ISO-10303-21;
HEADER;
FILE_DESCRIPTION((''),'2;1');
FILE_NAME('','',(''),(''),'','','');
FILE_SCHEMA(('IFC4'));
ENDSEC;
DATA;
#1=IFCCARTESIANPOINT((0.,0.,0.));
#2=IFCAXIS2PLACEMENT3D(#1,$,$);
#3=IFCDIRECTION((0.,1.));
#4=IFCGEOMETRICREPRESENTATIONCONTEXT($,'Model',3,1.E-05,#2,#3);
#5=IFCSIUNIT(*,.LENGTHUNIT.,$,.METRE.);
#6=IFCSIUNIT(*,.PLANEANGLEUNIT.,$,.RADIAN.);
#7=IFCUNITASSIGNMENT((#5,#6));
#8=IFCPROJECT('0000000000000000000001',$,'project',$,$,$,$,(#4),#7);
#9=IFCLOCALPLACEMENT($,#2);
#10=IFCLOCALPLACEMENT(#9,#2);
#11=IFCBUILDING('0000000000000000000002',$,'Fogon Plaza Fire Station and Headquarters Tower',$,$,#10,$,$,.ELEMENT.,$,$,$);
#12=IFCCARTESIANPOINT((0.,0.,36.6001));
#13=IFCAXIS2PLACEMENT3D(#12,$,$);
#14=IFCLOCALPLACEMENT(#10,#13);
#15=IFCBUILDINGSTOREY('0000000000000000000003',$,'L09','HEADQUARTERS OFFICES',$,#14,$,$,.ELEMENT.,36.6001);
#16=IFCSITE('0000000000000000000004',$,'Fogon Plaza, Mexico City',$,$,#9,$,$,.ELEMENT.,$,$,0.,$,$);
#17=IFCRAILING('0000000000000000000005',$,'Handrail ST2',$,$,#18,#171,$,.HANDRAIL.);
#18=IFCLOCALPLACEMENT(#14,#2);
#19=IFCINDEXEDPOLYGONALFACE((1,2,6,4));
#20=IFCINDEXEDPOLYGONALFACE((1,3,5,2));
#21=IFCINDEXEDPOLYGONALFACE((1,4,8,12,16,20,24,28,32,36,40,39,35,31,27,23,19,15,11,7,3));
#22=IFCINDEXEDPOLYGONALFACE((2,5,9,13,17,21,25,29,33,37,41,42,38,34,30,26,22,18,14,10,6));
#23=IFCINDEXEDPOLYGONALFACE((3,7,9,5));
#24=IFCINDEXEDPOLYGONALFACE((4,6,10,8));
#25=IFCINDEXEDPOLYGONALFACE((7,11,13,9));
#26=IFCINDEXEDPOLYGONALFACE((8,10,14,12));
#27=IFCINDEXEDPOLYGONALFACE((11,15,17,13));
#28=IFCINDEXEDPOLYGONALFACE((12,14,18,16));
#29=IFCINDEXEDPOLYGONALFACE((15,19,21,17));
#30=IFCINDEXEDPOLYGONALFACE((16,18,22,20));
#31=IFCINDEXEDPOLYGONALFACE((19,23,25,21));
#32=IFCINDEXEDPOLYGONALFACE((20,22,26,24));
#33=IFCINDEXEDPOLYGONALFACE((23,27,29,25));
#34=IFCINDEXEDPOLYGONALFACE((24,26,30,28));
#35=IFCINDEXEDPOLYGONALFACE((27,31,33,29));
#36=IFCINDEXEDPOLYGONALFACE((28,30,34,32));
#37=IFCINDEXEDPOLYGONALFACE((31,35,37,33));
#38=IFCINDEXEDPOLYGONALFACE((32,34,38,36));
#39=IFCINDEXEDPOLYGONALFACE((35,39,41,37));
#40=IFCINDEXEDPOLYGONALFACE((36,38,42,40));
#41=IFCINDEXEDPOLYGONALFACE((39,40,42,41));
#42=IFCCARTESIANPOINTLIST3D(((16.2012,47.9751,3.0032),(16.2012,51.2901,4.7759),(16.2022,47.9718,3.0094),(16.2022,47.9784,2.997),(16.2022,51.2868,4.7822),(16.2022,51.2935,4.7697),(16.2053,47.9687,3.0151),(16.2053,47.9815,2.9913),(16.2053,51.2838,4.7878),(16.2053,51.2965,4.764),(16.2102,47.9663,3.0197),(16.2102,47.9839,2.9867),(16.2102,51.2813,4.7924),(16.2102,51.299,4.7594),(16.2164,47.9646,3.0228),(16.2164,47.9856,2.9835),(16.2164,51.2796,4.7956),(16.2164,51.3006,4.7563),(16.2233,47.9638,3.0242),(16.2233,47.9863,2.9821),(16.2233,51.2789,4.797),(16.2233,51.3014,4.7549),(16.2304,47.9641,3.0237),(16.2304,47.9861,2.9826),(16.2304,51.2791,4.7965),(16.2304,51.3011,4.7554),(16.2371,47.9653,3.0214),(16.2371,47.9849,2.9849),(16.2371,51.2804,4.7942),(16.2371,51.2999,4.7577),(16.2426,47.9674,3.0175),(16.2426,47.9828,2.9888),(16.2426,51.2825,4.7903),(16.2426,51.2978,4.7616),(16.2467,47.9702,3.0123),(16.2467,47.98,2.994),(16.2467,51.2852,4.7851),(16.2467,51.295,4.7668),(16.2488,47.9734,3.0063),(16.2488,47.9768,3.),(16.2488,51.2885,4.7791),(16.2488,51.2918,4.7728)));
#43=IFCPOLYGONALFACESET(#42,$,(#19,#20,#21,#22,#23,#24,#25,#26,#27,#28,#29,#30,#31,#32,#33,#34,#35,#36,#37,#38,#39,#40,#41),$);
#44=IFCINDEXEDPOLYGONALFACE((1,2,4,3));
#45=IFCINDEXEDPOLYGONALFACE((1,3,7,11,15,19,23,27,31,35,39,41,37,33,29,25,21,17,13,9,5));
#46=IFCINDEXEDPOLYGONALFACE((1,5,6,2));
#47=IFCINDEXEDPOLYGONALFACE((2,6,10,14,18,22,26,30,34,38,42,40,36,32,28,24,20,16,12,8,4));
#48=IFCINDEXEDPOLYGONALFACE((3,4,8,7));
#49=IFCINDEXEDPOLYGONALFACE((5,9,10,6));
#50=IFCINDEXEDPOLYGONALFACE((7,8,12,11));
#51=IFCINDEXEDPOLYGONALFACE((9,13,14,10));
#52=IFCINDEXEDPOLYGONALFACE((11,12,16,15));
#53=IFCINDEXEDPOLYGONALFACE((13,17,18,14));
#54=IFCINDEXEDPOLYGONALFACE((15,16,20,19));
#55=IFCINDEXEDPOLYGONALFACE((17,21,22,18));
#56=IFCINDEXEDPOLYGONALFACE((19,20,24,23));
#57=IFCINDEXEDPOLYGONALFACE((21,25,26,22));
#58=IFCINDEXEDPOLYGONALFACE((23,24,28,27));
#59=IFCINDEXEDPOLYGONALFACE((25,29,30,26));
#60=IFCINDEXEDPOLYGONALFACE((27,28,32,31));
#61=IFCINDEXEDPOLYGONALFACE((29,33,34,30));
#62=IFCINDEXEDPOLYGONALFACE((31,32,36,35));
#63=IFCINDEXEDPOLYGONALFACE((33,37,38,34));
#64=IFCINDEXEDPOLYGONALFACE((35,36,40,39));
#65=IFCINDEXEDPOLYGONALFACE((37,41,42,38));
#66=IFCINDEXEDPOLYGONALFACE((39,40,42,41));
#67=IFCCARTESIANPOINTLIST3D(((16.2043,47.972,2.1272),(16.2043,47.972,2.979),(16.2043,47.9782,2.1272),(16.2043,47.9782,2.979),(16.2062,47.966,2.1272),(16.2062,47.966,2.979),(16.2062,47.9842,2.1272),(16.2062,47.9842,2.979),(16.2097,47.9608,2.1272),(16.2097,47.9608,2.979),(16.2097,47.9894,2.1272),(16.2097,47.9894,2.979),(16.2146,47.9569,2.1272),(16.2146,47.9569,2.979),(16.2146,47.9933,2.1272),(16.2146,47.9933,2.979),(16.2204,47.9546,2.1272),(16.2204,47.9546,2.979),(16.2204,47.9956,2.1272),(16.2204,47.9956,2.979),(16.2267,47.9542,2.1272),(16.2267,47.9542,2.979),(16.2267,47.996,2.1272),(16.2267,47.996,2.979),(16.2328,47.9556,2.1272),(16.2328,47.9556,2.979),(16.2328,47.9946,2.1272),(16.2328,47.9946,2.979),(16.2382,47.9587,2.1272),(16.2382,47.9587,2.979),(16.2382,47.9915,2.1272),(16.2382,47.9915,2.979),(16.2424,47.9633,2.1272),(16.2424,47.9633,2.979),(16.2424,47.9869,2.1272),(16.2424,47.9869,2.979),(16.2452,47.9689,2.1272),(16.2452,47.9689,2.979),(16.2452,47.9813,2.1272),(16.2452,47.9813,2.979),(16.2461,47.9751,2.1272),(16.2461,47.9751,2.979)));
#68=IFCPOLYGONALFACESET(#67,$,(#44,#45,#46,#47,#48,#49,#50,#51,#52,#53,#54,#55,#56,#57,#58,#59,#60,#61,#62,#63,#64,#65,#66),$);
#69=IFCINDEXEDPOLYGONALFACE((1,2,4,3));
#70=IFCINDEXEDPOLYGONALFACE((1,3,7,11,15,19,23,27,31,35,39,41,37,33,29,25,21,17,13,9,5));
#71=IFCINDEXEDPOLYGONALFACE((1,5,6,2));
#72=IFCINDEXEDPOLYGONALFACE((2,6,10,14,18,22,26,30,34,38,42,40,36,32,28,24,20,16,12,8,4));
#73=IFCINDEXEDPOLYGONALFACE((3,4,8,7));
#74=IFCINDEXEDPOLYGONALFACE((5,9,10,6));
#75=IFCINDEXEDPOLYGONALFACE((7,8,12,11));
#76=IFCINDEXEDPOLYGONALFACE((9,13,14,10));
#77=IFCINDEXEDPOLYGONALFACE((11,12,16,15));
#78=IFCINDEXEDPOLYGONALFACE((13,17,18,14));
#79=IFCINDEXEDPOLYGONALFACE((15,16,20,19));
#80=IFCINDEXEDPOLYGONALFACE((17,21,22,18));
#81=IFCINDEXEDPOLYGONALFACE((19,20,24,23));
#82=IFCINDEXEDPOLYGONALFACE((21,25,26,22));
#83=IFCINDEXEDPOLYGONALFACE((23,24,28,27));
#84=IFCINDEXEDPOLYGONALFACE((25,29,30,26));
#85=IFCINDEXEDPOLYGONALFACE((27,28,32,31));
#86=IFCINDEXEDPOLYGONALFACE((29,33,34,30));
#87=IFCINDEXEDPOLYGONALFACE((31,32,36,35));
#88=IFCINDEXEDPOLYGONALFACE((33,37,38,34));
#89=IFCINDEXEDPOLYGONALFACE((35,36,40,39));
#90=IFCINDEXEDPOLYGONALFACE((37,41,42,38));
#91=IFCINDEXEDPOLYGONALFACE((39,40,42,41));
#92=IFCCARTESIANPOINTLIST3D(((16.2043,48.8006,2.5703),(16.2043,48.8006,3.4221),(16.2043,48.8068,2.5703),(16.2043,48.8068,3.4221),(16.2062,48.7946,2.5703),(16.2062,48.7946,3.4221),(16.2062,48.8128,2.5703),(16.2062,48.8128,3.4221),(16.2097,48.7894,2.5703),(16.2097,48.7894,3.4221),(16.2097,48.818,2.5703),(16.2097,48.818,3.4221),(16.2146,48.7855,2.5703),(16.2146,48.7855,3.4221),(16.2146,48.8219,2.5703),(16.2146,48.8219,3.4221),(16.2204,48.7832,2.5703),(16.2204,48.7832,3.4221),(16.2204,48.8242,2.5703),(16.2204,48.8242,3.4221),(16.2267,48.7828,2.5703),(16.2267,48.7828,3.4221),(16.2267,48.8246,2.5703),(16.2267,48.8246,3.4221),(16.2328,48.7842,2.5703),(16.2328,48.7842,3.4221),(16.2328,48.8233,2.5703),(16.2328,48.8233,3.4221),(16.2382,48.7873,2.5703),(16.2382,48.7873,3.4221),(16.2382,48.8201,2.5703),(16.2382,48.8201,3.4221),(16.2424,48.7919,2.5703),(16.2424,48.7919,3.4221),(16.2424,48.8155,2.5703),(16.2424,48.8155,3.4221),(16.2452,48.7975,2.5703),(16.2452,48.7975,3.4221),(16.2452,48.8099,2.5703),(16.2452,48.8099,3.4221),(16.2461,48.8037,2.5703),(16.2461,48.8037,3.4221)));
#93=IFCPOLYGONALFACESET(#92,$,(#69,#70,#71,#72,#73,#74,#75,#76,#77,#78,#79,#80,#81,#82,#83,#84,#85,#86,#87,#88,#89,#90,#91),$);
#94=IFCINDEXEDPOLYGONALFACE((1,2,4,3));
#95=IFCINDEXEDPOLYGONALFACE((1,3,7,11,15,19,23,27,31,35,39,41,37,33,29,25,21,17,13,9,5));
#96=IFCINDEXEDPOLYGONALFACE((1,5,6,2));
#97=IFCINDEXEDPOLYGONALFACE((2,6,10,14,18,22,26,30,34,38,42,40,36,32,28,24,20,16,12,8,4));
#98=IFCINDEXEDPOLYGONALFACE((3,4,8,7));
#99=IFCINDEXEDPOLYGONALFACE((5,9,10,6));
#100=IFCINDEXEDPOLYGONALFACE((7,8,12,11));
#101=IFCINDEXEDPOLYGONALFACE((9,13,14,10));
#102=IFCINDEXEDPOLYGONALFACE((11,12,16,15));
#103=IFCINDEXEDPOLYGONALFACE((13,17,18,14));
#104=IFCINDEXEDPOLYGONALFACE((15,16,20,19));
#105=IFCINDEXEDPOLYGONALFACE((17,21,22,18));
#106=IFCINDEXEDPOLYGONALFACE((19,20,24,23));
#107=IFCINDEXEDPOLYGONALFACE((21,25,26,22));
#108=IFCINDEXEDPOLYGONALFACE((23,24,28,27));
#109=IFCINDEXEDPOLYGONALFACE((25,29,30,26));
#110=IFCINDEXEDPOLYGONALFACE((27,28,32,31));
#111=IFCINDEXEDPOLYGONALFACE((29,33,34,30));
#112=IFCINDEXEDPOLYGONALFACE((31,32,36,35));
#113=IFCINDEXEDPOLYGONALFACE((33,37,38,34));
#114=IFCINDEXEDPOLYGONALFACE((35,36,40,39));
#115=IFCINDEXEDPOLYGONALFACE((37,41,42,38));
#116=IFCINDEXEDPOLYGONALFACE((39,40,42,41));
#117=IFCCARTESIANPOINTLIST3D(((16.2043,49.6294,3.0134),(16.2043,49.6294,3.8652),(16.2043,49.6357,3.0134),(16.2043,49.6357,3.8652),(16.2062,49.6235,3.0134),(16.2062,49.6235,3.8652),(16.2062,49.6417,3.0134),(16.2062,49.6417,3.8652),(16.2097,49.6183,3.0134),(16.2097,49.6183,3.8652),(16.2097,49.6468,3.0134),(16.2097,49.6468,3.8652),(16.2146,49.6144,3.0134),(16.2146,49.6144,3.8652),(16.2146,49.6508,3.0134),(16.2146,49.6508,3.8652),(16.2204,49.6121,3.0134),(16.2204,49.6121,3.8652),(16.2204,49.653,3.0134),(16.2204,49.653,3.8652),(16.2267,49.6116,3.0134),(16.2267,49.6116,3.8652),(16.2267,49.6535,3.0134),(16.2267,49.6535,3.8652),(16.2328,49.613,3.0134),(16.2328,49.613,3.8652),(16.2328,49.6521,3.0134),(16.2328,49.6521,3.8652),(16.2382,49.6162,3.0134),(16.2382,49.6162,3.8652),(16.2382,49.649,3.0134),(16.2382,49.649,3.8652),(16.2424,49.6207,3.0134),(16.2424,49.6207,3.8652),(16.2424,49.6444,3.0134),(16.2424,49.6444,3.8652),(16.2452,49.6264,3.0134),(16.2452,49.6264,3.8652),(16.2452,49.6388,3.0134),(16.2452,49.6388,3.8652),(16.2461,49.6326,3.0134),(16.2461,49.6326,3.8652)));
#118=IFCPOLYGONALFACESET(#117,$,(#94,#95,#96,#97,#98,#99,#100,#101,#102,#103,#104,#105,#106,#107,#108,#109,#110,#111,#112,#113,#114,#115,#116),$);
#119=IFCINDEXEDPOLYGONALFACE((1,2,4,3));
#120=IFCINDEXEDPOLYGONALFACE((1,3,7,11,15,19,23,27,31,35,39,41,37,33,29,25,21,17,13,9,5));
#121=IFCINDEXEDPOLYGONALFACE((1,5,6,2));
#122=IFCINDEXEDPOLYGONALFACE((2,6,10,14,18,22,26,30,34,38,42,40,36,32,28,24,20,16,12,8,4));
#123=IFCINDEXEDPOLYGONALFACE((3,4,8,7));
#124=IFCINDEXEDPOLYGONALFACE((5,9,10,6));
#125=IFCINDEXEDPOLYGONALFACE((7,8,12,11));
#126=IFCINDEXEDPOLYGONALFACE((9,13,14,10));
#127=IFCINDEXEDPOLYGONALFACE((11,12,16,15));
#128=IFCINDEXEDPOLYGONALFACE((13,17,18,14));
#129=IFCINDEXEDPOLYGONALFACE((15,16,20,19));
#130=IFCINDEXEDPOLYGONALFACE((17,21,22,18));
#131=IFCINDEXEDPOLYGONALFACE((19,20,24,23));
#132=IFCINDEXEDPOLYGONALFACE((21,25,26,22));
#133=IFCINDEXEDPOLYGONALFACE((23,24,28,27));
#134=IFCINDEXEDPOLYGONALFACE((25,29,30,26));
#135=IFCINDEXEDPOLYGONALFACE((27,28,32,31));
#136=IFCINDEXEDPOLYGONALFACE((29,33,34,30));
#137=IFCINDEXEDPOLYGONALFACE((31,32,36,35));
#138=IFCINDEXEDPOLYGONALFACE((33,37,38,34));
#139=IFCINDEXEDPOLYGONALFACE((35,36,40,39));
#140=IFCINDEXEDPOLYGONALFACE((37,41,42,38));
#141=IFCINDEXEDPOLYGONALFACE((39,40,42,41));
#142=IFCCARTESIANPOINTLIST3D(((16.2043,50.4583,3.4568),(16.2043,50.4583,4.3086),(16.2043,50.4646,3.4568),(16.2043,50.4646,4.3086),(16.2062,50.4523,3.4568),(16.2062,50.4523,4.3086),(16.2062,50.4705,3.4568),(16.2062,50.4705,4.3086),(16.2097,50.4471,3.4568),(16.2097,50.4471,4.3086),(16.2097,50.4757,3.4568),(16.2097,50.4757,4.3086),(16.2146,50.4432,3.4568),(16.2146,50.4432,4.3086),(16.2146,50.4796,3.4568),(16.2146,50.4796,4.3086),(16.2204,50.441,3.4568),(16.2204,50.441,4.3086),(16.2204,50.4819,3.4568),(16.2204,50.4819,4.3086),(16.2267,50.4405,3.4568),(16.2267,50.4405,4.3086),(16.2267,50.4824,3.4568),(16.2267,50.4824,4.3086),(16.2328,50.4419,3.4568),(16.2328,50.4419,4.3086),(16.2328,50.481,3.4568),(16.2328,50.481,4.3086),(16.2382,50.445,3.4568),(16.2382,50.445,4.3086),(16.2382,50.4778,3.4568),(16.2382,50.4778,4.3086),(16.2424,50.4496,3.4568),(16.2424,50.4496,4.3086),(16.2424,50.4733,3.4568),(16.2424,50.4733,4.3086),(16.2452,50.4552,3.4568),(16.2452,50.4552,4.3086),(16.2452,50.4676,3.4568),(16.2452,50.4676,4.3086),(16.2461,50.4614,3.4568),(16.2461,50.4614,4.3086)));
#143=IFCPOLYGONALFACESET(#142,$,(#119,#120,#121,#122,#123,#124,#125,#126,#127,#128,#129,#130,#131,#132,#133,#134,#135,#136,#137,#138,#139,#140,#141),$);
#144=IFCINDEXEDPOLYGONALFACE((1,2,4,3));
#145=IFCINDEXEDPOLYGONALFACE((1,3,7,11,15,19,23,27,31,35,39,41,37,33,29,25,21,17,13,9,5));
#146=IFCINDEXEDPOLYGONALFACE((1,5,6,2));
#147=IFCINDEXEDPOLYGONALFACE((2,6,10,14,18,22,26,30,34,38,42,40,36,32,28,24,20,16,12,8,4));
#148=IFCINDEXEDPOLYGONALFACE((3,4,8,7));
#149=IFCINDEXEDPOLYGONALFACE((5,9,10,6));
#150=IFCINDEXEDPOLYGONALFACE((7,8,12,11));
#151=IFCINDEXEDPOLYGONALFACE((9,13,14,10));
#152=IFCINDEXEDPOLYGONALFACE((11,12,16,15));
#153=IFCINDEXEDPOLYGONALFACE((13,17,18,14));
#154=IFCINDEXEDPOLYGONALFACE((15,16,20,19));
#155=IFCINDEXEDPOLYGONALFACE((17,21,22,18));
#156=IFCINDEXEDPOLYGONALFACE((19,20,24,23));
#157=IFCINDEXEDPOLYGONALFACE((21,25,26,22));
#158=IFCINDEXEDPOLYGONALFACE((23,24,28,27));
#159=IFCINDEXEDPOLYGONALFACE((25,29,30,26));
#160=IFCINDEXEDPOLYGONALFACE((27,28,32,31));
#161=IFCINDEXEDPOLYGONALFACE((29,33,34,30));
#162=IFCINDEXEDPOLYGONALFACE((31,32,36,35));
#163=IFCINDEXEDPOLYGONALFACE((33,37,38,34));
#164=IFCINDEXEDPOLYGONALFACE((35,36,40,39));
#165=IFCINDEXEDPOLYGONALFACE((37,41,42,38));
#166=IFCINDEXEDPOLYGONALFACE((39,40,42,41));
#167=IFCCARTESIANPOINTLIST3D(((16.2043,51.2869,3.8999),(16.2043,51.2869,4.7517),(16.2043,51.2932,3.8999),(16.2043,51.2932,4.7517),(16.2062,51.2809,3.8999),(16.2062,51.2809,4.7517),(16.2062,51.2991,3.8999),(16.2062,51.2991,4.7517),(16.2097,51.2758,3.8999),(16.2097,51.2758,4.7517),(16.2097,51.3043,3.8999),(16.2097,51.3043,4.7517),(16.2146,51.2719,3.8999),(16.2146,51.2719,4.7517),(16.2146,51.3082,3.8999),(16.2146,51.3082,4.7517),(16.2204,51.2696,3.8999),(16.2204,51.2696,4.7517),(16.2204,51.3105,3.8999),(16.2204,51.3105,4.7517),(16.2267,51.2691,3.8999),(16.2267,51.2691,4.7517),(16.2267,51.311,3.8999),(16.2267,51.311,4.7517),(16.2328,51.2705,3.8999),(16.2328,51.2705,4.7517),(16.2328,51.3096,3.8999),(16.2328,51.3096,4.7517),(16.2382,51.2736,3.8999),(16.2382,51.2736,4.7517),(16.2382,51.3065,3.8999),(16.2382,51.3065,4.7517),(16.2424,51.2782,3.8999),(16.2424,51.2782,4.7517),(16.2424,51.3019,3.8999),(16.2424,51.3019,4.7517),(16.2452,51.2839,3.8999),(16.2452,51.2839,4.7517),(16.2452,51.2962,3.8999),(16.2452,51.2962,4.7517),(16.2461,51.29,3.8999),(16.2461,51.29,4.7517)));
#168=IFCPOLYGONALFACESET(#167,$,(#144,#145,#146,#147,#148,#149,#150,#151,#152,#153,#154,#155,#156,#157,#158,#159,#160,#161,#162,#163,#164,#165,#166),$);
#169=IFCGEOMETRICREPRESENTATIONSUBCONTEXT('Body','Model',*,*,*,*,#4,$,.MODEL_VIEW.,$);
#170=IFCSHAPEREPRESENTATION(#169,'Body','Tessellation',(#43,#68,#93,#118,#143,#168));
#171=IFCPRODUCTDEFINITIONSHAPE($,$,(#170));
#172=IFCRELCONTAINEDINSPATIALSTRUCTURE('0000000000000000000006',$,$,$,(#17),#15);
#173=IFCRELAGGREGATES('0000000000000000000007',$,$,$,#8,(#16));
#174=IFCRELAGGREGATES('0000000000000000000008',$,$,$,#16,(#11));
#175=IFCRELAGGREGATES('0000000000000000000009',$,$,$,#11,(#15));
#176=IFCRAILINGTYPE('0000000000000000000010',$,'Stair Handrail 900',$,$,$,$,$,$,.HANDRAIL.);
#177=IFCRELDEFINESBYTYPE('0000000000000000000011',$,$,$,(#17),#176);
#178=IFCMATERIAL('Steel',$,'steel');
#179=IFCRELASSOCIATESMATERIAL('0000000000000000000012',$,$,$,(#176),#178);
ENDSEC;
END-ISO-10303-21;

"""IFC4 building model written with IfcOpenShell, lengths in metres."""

from ifc_helpers import new_model, si_unit, direction, frame, origin, origin_2d, place, context, subcontext, project, spatial, circle, extrude, material, type_object, element, save


model = new_model("IFC4")

# Units and contexts
model_context = context("Model", 3, precision=1e-05, world=origin(), true_north=direction((0.0, 1.0)))
body_context = subcontext(model_context, "Body", "Model", "MODEL_VIEW")
ifc_project = project(units=[si_unit("LENGTHUNIT", "METRE"), si_unit("PLANEANGLEUNIT", "RADIAN")], contexts=[model_context])

# Site, building, storey
site_placement = place(None, origin())
site = spatial("IfcSite", under=ifc_project, at=site_placement, Name="Fogon Plaza, Mexico City", CompositionType="ELEMENT", RefElevation=0.0)
building_placement = place(site_placement, origin())
building = spatial("IfcBuilding", under=site, at=building_placement, Name="Fogon Plaza Fire Station and Headquarters Tower", CompositionType="ELEMENT")
storey_placement = place(building_placement, frame((0.0, 0.0, 36.6001)))
storey = spatial("IfcBuildingStorey", under=building, at=storey_placement, Name="L09", Description="HEADQUARTERS OFFICES", CompositionType="ELEMENT", Elevation=36.6001)

# Railing
ifc_material_1 = material(Name="Steel", Category="steel")
railing_type = type_object("IfcRailingType", Name="Stair Handrail 900", PredefinedType="HANDRAIL", material=ifc_material_1)
for number, where, name in (
    (1, (16.2251, 47.9751, 2.1272), "Handrail ST2"),
):
    element("IfcRailing", number, at=place(storey_placement, frame(where)), inside=storey, type_object=railing_type, Name=name, PredefinedType="HANDRAIL", context=body_context, shape_type="SweptSolid", body=[
        extrude(circle(Radius=0.0239, at=origin_2d()), frame((0.0, 0.0, 0.876), z_axis=(0.0, 0.881829, 0.471569), x_axis=(-1.0, 0.0, 0.0)), (0.0, 0.0, 1.0), 3.7593),
        extrude(circle(Radius=0.021, at=origin_2d()), origin(), (0.0, 0.0, 1.0), 0.8518),
        extrude(circle(Radius=0.021, at=origin_2d()), frame((0.0, 0.8286, 0.4431)), (0.0, 0.0, 1.0), 0.8518),
        extrude(circle(Radius=0.021, at=origin_2d()), frame((0.0, 1.6575, 0.8862)), (0.0, 0.0, 1.0), 0.8518),
        extrude(circle(Radius=0.021, at=origin_2d()), frame((0.0, 2.4863, 1.3296)), (0.0, 0.0, 1.0), 0.8518),
        extrude(circle(Radius=0.021, at=origin_2d()), frame((0.0, 3.3149, 1.7727)), (0.0, 0.0, 1.0), 0.8518),
    ])

save(model, "model.ifc")
